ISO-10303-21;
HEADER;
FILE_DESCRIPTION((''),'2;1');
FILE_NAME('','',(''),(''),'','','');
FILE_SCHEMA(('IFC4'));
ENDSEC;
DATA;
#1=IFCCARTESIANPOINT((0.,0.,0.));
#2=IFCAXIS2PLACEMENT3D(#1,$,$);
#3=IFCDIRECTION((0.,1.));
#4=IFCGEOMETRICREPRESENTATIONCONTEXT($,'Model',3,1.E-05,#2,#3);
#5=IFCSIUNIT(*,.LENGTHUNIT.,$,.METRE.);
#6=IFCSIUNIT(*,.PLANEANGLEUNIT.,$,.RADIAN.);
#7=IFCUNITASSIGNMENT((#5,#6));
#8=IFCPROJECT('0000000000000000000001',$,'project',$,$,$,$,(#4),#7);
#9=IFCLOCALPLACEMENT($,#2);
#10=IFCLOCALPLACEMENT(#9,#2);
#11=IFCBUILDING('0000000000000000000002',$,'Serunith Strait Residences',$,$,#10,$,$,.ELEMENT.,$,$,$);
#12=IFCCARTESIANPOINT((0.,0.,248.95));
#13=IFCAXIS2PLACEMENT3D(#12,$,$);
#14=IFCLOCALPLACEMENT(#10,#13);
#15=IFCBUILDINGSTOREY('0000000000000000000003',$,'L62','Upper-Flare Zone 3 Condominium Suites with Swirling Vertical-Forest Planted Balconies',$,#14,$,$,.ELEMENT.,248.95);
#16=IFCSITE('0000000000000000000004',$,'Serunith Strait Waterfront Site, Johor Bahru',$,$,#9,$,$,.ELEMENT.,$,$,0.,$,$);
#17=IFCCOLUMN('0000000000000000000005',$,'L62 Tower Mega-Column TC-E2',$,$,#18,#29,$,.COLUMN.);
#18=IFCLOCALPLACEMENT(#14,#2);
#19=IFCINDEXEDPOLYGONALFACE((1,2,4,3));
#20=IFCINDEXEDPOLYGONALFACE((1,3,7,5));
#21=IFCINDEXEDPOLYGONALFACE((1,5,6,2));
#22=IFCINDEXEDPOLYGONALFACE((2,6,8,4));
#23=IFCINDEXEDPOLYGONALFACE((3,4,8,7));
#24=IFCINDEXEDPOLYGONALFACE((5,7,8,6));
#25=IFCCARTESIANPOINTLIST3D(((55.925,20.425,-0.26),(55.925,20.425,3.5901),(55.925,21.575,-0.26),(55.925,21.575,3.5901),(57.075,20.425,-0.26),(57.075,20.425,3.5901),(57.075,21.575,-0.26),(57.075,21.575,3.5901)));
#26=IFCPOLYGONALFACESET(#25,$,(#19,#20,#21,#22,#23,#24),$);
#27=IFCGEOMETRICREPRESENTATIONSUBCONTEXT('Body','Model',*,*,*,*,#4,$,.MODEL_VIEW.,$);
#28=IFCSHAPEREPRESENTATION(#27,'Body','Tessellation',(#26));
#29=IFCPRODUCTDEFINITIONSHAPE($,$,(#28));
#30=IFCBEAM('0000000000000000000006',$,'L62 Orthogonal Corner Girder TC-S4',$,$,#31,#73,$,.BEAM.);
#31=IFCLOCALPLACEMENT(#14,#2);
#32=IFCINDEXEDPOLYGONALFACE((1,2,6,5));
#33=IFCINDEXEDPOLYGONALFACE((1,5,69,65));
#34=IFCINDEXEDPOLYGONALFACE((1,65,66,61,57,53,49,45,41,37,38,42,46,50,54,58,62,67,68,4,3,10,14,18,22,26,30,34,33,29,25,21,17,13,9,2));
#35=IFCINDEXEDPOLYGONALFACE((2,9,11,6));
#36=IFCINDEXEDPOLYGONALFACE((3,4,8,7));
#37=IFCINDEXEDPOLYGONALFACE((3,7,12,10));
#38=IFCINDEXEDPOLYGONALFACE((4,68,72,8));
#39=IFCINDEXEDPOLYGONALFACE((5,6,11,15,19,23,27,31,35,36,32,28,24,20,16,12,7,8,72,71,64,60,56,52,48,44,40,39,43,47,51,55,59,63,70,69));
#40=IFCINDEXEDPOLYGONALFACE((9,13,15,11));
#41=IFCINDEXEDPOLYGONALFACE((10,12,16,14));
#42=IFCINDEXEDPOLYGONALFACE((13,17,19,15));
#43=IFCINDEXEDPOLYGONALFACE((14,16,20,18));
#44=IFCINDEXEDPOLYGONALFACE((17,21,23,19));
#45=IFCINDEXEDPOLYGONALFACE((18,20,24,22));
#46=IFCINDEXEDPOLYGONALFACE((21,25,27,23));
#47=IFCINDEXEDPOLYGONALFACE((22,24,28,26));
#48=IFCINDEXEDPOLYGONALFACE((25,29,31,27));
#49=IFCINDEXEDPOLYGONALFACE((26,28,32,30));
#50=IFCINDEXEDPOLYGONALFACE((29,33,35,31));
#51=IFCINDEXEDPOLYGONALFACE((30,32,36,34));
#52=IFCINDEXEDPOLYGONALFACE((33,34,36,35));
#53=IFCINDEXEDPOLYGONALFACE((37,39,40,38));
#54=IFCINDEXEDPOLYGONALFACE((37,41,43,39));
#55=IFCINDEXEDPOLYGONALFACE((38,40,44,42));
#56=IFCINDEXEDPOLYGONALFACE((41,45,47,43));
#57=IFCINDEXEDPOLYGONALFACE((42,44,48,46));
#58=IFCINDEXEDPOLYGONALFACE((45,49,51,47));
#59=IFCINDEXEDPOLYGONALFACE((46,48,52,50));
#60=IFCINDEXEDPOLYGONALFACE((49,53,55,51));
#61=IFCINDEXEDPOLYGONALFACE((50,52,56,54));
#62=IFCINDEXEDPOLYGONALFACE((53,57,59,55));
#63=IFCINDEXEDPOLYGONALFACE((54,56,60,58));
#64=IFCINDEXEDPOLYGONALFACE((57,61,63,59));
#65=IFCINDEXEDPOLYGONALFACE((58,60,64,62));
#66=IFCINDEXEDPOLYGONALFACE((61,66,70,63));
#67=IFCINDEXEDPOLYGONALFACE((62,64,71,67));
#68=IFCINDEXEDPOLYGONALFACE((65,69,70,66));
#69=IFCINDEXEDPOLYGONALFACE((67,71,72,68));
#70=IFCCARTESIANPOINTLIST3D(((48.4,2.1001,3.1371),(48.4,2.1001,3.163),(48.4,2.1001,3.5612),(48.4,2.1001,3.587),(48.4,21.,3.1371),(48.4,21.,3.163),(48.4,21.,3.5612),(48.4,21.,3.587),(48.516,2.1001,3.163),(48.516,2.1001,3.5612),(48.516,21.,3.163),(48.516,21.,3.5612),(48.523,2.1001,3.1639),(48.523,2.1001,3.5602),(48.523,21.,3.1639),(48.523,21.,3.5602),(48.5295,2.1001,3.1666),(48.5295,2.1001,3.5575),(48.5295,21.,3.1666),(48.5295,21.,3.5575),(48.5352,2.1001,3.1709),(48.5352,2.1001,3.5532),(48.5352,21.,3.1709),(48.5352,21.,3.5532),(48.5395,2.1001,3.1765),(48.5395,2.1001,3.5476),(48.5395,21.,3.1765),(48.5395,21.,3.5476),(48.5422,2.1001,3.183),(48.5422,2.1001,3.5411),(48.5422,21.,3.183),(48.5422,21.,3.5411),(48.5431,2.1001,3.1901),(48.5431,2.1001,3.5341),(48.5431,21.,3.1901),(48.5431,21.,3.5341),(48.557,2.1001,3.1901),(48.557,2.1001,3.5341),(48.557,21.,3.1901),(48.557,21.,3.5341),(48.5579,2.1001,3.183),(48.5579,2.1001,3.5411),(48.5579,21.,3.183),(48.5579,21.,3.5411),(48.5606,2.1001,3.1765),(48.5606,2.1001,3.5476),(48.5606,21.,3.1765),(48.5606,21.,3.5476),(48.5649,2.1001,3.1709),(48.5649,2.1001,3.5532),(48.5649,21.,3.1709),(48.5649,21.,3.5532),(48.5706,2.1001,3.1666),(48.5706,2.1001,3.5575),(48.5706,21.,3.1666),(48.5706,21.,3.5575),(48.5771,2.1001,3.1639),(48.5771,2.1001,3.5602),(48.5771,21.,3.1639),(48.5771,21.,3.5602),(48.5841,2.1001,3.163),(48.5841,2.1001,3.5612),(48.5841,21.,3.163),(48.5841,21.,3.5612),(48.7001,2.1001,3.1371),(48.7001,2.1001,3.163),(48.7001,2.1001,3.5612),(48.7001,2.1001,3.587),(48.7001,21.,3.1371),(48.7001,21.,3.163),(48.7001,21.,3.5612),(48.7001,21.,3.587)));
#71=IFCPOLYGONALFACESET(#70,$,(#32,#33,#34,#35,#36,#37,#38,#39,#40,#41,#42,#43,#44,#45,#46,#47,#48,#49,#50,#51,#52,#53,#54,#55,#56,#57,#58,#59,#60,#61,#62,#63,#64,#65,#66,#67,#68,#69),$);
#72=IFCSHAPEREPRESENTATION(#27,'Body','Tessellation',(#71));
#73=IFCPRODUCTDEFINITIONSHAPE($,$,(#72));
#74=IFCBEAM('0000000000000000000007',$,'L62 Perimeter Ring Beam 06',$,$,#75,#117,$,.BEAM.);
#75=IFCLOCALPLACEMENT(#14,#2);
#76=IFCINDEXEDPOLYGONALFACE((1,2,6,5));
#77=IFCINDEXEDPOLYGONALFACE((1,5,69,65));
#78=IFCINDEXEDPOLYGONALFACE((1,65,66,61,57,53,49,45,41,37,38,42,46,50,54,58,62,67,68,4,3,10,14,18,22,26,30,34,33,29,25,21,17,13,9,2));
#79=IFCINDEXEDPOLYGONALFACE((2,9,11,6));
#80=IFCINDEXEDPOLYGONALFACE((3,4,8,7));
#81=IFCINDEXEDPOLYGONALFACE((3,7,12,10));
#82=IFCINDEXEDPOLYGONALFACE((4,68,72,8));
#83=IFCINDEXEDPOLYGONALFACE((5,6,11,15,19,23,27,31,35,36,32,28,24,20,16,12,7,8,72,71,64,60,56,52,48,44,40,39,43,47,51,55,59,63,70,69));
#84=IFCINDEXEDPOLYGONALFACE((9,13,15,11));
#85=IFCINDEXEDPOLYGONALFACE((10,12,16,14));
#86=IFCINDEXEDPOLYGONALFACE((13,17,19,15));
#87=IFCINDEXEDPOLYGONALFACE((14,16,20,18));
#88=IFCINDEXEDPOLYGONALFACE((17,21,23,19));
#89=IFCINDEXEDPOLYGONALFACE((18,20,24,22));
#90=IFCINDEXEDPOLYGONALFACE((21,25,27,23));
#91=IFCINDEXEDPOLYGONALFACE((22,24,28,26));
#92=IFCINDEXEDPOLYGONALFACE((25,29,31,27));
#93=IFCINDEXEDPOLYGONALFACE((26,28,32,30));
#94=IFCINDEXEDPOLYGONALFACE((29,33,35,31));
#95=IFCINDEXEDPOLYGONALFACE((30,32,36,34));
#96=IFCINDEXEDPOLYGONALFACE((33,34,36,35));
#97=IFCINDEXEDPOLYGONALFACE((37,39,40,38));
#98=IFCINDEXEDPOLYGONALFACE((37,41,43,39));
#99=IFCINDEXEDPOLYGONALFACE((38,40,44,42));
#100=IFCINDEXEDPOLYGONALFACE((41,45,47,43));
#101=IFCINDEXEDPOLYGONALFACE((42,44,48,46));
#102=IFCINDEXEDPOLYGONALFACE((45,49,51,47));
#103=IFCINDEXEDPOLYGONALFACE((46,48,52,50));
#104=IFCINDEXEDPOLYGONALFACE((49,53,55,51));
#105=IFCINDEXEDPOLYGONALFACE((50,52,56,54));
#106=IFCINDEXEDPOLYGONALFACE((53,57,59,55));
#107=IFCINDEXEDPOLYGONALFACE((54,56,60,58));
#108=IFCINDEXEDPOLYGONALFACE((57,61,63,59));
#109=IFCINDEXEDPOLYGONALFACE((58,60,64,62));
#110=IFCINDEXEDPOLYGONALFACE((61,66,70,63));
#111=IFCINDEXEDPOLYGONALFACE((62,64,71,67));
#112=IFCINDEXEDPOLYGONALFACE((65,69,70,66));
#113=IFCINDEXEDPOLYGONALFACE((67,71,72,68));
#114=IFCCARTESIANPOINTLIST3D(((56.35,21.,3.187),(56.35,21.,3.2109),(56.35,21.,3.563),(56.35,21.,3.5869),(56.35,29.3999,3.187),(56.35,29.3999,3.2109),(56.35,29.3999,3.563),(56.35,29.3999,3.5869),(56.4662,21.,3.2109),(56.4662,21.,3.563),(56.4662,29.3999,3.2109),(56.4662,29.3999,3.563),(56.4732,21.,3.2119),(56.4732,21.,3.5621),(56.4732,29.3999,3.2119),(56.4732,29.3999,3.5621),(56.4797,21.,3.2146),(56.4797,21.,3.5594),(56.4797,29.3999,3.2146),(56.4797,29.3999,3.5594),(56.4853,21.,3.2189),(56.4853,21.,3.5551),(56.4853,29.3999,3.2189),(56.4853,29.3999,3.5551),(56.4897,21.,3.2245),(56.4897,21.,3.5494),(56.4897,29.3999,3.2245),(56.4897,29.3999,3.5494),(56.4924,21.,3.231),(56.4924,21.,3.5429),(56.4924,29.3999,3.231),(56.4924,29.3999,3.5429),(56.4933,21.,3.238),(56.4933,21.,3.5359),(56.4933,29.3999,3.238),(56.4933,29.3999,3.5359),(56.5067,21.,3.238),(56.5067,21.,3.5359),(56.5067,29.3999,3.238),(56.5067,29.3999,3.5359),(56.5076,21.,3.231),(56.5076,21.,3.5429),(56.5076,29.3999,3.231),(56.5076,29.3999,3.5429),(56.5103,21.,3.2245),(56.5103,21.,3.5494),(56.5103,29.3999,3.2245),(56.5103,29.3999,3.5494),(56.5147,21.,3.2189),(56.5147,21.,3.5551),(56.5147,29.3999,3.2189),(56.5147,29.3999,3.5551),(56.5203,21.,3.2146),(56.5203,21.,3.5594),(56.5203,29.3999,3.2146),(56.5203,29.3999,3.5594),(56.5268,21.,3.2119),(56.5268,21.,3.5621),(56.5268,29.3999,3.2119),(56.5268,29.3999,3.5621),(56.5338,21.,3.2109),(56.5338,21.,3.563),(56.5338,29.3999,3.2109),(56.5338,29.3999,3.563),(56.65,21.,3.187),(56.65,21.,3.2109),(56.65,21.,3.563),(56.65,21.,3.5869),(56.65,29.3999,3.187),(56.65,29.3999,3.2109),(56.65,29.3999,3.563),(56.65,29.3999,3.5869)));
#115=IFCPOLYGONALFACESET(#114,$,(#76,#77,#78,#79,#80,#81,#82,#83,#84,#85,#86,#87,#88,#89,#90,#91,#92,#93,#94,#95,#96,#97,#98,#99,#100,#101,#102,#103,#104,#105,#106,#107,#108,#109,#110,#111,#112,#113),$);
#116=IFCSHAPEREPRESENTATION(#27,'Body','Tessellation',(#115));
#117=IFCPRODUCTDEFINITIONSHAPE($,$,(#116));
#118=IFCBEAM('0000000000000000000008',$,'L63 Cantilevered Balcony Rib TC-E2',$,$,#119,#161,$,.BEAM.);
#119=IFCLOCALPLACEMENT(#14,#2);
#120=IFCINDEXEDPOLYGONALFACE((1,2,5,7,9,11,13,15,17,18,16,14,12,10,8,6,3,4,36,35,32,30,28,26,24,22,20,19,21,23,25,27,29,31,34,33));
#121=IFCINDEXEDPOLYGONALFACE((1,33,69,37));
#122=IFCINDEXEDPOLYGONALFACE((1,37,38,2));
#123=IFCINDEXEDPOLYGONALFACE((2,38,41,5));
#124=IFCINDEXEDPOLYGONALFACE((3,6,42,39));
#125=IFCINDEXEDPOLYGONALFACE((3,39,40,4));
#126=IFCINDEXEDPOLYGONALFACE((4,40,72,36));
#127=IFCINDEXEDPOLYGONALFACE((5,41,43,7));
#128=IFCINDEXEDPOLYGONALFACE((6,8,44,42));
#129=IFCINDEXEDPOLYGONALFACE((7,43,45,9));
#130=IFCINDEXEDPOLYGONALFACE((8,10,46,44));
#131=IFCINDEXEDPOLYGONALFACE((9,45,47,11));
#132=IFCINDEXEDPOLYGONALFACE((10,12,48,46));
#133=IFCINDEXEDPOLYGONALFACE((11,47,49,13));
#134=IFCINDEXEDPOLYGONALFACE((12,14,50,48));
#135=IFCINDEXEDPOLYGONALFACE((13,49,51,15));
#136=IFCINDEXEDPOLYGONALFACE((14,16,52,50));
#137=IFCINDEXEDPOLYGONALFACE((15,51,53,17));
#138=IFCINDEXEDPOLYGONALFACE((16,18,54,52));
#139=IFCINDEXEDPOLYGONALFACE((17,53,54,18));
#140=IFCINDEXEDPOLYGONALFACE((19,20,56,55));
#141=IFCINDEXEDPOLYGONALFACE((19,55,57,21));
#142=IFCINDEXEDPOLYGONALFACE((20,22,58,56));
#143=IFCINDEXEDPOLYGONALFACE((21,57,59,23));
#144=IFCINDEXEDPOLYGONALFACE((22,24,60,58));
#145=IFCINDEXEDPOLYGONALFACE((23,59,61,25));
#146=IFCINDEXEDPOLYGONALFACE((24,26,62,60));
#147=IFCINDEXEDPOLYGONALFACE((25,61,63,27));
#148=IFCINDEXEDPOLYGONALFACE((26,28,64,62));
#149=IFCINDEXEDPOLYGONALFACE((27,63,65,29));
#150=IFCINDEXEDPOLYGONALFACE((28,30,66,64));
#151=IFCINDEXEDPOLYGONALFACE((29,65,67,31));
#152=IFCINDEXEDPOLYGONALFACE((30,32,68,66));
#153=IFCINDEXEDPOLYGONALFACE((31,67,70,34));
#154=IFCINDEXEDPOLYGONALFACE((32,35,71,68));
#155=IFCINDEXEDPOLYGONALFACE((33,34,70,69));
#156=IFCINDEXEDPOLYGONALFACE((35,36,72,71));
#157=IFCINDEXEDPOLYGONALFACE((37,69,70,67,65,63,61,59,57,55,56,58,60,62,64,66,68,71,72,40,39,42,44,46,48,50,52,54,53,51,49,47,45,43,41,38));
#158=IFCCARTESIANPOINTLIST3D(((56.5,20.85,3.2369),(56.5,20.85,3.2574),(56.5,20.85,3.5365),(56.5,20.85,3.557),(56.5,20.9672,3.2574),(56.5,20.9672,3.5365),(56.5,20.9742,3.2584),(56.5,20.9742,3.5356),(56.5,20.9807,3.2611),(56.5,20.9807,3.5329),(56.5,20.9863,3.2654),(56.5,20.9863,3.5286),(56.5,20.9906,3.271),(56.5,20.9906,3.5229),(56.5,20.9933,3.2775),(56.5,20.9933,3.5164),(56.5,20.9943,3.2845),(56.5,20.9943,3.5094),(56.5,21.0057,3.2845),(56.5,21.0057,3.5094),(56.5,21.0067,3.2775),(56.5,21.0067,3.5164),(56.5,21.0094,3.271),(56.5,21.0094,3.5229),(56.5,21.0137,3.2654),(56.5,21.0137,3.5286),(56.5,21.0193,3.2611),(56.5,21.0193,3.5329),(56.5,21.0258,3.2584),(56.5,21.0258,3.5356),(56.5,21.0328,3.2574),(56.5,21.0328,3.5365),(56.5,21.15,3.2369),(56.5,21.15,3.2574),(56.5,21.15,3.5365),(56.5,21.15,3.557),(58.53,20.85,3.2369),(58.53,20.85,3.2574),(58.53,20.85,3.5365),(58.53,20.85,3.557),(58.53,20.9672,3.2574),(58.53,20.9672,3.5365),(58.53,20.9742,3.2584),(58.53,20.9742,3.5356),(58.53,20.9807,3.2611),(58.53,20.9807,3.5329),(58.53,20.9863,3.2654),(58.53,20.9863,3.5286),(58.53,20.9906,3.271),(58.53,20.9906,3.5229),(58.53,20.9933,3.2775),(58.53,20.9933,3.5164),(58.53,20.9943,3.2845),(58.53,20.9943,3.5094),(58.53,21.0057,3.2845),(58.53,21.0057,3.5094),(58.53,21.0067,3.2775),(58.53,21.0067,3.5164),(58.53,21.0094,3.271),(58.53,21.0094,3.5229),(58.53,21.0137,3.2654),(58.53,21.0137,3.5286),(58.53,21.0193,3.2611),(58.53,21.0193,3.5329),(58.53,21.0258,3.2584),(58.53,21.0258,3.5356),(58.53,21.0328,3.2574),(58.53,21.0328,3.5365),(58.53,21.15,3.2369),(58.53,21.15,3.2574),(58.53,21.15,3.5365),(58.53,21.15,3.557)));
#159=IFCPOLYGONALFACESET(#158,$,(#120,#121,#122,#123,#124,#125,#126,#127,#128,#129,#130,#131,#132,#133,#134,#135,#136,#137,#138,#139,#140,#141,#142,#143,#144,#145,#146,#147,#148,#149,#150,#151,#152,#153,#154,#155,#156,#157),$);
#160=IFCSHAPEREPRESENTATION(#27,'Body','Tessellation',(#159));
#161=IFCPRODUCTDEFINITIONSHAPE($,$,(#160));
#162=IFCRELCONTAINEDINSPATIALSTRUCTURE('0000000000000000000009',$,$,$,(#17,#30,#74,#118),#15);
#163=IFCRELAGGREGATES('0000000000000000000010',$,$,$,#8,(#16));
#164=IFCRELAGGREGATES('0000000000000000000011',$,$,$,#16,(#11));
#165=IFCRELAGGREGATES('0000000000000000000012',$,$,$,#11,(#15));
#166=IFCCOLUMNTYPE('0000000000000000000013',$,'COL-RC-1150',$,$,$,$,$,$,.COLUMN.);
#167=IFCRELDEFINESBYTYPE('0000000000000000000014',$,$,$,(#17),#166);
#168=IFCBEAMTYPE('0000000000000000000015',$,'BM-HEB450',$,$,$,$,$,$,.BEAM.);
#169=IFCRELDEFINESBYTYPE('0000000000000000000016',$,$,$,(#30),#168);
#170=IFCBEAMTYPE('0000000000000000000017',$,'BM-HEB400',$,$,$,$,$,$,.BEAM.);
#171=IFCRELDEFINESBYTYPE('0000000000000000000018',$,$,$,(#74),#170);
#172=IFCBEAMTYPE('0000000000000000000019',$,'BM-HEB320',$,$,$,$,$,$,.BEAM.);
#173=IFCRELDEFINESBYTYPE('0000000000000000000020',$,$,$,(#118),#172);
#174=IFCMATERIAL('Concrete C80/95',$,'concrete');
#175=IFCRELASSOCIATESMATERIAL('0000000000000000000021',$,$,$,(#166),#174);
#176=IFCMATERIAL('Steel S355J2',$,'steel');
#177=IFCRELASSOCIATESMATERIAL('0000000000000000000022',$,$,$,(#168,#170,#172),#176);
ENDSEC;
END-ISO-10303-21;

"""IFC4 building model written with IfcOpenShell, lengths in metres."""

from ifc_helpers import new_model, si_unit, direction, frame, origin, origin_2d, place, context, subcontext, project, spatial, rectangle, i_section, extrude, source, transform, mapped, material, material_profile, profile_set, type_object, element, save


model = new_model("IFC4")

# Units and contexts
model_context = context("Model", 3, precision=1e-05, world=origin(), true_north=direction((0.0, 1.0)))
body_context = subcontext(model_context, "Body", "Model", "MODEL_VIEW")
ifc_project = project(units=[si_unit("LENGTHUNIT", "METRE"), si_unit("PLANEANGLEUNIT", "RADIAN")], contexts=[model_context])

# Site, building, storey
site_placement = place(None, origin())
site = spatial("IfcSite", under=ifc_project, at=site_placement, Name="Serunith Strait Waterfront Site, Johor Bahru", CompositionType="ELEMENT", RefElevation=0.0)
building_placement = place(site_placement, origin())
building = spatial("IfcBuilding", under=site, at=building_placement, Name="Serunith Strait Residences", CompositionType="ELEMENT")
storey_placement = place(building_placement, frame((0.0, 0.0, 248.95)))
storey = spatial("IfcBuildingStorey", under=building, at=storey_placement, Name="L62", Description="Upper-Flare Zone 3 Condominium Suites with Swirling Vertical-Forest Planted Balconies", CompositionType="ELEMENT", Elevation=248.95)

# Column
ifc_material_1 = material(Name="Concrete C80/95", Category="concrete")
ifc_material_profile_1 = material_profile(ifc_material_1, rectangle(XDim=1.1499, YDim=1.1499, at=origin_2d()), Name="RC 1150x1150")
ifc_profile_set_1 = profile_set([ifc_material_profile_1], Name="Concrete C80/95")
column_type = type_object("IfcColumnType", Name="COL-RC-1150", PredefinedType="COLUMN", material=ifc_profile_set_1)
shared_shape_1 = source(origin(), body_context, "Body", "SweptSolid", [
    extrude(rectangle(XDim=1.1499, YDim=1.1499, at=origin_2d()), origin(), (0.0, 0.0, 1.0), 3.8501),
])
column_placement = place(storey_placement, frame((56.5, 21.0, -0.26), z_axis=(0.0, 0.0, 1.0), x_axis=(1.0, 0.0, 0.0)))
element("IfcColumn", 1, at=column_placement, inside=storey, type_object=column_type, Name="L62 Tower Mega-Column TC-E2", PredefinedType="COLUMN", context=body_context, shape_type="MappedRepresentation", body=[
    mapped(shared_shape_1, transform((0.0, 0.0, 0.0), scale=1.0)),
])

# Beams
ifc_material_2 = material(Name="Steel S355J2", Category="steel")
ifc_material_profile_2 = material_profile(ifc_material_2, i_section(OverallWidth=0.3, OverallDepth=0.45, WebThickness=0.0139, FlangeThickness=0.0259, FilletRadius=0.0271, at=origin_2d()), Name="HEB 450")
ifc_profile_set_2 = profile_set([ifc_material_profile_2], Name="Steel S355J2")
beam_type_1 = type_object("IfcBeamType", Name="BM-HEB450", PredefinedType="BEAM", material=ifc_profile_set_2)
shared_shape_2 = source(origin(), body_context, "Body", "SweptSolid", [
    extrude(i_section(OverallWidth=0.3, OverallDepth=0.45, WebThickness=0.0139, FlangeThickness=0.0259, FilletRadius=0.0271, at=origin_2d()), origin(), (0.0, 0.0, 1.0), 18.8999),
])
beam_1_placement = place(storey_placement, frame((48.55, 21.0, 3.3621), z_axis=(0.0, -1.0, 0.0), x_axis=(1.0, 0.0, 0.0)))
element("IfcBeam", 2, at=beam_1_placement, inside=storey, type_object=beam_type_1, Name="L62 Orthogonal Corner Girder TC-S4", PredefinedType="BEAM", context=body_context, shape_type="MappedRepresentation", body=[
    mapped(shared_shape_2, transform((0.0, 0.0, 0.0), scale=1.0)),
])
ifc_material_profile_3 = material_profile(ifc_material_2, i_section(OverallWidth=0.3, OverallDepth=0.3999, WebThickness=0.0134, FlangeThickness=0.0239, FilletRadius=0.0271, at=origin_2d()), Name="HEB 400")
ifc_profile_set_3 = profile_set([ifc_material_profile_3], Name="Steel S355J2")
beam_type_2 = type_object("IfcBeamType", Name="BM-HEB400", PredefinedType="BEAM", material=ifc_profile_set_3)
shared_shape_3 = source(origin(), body_context, "Body", "SweptSolid", [
    extrude(i_section(OverallWidth=0.3, OverallDepth=0.3999, WebThickness=0.0134, FlangeThickness=0.0239, FilletRadius=0.0271, at=origin_2d()), origin(), (0.0, 0.0, 1.0), 8.3999),
])
beam_2_placement = place(storey_placement, frame((56.5, 21.0, 3.387), z_axis=(0.0, 1.0, 0.0), x_axis=(-1.0, 0.0, 0.0)))
element("IfcBeam", 3, at=beam_2_placement, inside=storey, type_object=beam_type_2, Name="L62 Perimeter Ring Beam 06", PredefinedType="BEAM", context=body_context, shape_type="MappedRepresentation", body=[
    mapped(shared_shape_3, transform((0.0, 0.0, 0.0), scale=1.0)),
])
ifc_material_profile_4 = material_profile(ifc_material_2, i_section(OverallWidth=0.3, OverallDepth=0.3201, WebThickness=0.0115, FlangeThickness=0.0205, FilletRadius=0.0271, at=origin_2d()), Name="HEB 320")
ifc_profile_set_4 = profile_set([ifc_material_profile_4], Name="Steel S355J2")
beam_type_3 = type_object("IfcBeamType", Name="BM-HEB320", PredefinedType="BEAM", material=ifc_profile_set_4)
shared_shape_4 = source(origin(), body_context, "Body", "SweptSolid", [
    extrude(i_section(OverallWidth=0.3, OverallDepth=0.3201, WebThickness=0.0115, FlangeThickness=0.0205, FilletRadius=0.0271, at=origin_2d()), origin(), (0.0, 0.0, 1.0), 2.03),
])
beam_3_placement = place(storey_placement, frame((56.5, 21.0, 3.397), z_axis=(1.0, 0.0, 0.0), x_axis=(0.0, 1.0, 0.0)))
element("IfcBeam", 4, at=beam_3_placement, inside=storey, type_object=beam_type_3, Name="L63 Cantilevered Balcony Rib TC-E2", PredefinedType="BEAM", context=body_context, shape_type="MappedRepresentation", body=[
    mapped(shared_shape_4, transform((0.0, 0.0, 0.0), scale=1.0)),
])

save(model, "model.ifc")
